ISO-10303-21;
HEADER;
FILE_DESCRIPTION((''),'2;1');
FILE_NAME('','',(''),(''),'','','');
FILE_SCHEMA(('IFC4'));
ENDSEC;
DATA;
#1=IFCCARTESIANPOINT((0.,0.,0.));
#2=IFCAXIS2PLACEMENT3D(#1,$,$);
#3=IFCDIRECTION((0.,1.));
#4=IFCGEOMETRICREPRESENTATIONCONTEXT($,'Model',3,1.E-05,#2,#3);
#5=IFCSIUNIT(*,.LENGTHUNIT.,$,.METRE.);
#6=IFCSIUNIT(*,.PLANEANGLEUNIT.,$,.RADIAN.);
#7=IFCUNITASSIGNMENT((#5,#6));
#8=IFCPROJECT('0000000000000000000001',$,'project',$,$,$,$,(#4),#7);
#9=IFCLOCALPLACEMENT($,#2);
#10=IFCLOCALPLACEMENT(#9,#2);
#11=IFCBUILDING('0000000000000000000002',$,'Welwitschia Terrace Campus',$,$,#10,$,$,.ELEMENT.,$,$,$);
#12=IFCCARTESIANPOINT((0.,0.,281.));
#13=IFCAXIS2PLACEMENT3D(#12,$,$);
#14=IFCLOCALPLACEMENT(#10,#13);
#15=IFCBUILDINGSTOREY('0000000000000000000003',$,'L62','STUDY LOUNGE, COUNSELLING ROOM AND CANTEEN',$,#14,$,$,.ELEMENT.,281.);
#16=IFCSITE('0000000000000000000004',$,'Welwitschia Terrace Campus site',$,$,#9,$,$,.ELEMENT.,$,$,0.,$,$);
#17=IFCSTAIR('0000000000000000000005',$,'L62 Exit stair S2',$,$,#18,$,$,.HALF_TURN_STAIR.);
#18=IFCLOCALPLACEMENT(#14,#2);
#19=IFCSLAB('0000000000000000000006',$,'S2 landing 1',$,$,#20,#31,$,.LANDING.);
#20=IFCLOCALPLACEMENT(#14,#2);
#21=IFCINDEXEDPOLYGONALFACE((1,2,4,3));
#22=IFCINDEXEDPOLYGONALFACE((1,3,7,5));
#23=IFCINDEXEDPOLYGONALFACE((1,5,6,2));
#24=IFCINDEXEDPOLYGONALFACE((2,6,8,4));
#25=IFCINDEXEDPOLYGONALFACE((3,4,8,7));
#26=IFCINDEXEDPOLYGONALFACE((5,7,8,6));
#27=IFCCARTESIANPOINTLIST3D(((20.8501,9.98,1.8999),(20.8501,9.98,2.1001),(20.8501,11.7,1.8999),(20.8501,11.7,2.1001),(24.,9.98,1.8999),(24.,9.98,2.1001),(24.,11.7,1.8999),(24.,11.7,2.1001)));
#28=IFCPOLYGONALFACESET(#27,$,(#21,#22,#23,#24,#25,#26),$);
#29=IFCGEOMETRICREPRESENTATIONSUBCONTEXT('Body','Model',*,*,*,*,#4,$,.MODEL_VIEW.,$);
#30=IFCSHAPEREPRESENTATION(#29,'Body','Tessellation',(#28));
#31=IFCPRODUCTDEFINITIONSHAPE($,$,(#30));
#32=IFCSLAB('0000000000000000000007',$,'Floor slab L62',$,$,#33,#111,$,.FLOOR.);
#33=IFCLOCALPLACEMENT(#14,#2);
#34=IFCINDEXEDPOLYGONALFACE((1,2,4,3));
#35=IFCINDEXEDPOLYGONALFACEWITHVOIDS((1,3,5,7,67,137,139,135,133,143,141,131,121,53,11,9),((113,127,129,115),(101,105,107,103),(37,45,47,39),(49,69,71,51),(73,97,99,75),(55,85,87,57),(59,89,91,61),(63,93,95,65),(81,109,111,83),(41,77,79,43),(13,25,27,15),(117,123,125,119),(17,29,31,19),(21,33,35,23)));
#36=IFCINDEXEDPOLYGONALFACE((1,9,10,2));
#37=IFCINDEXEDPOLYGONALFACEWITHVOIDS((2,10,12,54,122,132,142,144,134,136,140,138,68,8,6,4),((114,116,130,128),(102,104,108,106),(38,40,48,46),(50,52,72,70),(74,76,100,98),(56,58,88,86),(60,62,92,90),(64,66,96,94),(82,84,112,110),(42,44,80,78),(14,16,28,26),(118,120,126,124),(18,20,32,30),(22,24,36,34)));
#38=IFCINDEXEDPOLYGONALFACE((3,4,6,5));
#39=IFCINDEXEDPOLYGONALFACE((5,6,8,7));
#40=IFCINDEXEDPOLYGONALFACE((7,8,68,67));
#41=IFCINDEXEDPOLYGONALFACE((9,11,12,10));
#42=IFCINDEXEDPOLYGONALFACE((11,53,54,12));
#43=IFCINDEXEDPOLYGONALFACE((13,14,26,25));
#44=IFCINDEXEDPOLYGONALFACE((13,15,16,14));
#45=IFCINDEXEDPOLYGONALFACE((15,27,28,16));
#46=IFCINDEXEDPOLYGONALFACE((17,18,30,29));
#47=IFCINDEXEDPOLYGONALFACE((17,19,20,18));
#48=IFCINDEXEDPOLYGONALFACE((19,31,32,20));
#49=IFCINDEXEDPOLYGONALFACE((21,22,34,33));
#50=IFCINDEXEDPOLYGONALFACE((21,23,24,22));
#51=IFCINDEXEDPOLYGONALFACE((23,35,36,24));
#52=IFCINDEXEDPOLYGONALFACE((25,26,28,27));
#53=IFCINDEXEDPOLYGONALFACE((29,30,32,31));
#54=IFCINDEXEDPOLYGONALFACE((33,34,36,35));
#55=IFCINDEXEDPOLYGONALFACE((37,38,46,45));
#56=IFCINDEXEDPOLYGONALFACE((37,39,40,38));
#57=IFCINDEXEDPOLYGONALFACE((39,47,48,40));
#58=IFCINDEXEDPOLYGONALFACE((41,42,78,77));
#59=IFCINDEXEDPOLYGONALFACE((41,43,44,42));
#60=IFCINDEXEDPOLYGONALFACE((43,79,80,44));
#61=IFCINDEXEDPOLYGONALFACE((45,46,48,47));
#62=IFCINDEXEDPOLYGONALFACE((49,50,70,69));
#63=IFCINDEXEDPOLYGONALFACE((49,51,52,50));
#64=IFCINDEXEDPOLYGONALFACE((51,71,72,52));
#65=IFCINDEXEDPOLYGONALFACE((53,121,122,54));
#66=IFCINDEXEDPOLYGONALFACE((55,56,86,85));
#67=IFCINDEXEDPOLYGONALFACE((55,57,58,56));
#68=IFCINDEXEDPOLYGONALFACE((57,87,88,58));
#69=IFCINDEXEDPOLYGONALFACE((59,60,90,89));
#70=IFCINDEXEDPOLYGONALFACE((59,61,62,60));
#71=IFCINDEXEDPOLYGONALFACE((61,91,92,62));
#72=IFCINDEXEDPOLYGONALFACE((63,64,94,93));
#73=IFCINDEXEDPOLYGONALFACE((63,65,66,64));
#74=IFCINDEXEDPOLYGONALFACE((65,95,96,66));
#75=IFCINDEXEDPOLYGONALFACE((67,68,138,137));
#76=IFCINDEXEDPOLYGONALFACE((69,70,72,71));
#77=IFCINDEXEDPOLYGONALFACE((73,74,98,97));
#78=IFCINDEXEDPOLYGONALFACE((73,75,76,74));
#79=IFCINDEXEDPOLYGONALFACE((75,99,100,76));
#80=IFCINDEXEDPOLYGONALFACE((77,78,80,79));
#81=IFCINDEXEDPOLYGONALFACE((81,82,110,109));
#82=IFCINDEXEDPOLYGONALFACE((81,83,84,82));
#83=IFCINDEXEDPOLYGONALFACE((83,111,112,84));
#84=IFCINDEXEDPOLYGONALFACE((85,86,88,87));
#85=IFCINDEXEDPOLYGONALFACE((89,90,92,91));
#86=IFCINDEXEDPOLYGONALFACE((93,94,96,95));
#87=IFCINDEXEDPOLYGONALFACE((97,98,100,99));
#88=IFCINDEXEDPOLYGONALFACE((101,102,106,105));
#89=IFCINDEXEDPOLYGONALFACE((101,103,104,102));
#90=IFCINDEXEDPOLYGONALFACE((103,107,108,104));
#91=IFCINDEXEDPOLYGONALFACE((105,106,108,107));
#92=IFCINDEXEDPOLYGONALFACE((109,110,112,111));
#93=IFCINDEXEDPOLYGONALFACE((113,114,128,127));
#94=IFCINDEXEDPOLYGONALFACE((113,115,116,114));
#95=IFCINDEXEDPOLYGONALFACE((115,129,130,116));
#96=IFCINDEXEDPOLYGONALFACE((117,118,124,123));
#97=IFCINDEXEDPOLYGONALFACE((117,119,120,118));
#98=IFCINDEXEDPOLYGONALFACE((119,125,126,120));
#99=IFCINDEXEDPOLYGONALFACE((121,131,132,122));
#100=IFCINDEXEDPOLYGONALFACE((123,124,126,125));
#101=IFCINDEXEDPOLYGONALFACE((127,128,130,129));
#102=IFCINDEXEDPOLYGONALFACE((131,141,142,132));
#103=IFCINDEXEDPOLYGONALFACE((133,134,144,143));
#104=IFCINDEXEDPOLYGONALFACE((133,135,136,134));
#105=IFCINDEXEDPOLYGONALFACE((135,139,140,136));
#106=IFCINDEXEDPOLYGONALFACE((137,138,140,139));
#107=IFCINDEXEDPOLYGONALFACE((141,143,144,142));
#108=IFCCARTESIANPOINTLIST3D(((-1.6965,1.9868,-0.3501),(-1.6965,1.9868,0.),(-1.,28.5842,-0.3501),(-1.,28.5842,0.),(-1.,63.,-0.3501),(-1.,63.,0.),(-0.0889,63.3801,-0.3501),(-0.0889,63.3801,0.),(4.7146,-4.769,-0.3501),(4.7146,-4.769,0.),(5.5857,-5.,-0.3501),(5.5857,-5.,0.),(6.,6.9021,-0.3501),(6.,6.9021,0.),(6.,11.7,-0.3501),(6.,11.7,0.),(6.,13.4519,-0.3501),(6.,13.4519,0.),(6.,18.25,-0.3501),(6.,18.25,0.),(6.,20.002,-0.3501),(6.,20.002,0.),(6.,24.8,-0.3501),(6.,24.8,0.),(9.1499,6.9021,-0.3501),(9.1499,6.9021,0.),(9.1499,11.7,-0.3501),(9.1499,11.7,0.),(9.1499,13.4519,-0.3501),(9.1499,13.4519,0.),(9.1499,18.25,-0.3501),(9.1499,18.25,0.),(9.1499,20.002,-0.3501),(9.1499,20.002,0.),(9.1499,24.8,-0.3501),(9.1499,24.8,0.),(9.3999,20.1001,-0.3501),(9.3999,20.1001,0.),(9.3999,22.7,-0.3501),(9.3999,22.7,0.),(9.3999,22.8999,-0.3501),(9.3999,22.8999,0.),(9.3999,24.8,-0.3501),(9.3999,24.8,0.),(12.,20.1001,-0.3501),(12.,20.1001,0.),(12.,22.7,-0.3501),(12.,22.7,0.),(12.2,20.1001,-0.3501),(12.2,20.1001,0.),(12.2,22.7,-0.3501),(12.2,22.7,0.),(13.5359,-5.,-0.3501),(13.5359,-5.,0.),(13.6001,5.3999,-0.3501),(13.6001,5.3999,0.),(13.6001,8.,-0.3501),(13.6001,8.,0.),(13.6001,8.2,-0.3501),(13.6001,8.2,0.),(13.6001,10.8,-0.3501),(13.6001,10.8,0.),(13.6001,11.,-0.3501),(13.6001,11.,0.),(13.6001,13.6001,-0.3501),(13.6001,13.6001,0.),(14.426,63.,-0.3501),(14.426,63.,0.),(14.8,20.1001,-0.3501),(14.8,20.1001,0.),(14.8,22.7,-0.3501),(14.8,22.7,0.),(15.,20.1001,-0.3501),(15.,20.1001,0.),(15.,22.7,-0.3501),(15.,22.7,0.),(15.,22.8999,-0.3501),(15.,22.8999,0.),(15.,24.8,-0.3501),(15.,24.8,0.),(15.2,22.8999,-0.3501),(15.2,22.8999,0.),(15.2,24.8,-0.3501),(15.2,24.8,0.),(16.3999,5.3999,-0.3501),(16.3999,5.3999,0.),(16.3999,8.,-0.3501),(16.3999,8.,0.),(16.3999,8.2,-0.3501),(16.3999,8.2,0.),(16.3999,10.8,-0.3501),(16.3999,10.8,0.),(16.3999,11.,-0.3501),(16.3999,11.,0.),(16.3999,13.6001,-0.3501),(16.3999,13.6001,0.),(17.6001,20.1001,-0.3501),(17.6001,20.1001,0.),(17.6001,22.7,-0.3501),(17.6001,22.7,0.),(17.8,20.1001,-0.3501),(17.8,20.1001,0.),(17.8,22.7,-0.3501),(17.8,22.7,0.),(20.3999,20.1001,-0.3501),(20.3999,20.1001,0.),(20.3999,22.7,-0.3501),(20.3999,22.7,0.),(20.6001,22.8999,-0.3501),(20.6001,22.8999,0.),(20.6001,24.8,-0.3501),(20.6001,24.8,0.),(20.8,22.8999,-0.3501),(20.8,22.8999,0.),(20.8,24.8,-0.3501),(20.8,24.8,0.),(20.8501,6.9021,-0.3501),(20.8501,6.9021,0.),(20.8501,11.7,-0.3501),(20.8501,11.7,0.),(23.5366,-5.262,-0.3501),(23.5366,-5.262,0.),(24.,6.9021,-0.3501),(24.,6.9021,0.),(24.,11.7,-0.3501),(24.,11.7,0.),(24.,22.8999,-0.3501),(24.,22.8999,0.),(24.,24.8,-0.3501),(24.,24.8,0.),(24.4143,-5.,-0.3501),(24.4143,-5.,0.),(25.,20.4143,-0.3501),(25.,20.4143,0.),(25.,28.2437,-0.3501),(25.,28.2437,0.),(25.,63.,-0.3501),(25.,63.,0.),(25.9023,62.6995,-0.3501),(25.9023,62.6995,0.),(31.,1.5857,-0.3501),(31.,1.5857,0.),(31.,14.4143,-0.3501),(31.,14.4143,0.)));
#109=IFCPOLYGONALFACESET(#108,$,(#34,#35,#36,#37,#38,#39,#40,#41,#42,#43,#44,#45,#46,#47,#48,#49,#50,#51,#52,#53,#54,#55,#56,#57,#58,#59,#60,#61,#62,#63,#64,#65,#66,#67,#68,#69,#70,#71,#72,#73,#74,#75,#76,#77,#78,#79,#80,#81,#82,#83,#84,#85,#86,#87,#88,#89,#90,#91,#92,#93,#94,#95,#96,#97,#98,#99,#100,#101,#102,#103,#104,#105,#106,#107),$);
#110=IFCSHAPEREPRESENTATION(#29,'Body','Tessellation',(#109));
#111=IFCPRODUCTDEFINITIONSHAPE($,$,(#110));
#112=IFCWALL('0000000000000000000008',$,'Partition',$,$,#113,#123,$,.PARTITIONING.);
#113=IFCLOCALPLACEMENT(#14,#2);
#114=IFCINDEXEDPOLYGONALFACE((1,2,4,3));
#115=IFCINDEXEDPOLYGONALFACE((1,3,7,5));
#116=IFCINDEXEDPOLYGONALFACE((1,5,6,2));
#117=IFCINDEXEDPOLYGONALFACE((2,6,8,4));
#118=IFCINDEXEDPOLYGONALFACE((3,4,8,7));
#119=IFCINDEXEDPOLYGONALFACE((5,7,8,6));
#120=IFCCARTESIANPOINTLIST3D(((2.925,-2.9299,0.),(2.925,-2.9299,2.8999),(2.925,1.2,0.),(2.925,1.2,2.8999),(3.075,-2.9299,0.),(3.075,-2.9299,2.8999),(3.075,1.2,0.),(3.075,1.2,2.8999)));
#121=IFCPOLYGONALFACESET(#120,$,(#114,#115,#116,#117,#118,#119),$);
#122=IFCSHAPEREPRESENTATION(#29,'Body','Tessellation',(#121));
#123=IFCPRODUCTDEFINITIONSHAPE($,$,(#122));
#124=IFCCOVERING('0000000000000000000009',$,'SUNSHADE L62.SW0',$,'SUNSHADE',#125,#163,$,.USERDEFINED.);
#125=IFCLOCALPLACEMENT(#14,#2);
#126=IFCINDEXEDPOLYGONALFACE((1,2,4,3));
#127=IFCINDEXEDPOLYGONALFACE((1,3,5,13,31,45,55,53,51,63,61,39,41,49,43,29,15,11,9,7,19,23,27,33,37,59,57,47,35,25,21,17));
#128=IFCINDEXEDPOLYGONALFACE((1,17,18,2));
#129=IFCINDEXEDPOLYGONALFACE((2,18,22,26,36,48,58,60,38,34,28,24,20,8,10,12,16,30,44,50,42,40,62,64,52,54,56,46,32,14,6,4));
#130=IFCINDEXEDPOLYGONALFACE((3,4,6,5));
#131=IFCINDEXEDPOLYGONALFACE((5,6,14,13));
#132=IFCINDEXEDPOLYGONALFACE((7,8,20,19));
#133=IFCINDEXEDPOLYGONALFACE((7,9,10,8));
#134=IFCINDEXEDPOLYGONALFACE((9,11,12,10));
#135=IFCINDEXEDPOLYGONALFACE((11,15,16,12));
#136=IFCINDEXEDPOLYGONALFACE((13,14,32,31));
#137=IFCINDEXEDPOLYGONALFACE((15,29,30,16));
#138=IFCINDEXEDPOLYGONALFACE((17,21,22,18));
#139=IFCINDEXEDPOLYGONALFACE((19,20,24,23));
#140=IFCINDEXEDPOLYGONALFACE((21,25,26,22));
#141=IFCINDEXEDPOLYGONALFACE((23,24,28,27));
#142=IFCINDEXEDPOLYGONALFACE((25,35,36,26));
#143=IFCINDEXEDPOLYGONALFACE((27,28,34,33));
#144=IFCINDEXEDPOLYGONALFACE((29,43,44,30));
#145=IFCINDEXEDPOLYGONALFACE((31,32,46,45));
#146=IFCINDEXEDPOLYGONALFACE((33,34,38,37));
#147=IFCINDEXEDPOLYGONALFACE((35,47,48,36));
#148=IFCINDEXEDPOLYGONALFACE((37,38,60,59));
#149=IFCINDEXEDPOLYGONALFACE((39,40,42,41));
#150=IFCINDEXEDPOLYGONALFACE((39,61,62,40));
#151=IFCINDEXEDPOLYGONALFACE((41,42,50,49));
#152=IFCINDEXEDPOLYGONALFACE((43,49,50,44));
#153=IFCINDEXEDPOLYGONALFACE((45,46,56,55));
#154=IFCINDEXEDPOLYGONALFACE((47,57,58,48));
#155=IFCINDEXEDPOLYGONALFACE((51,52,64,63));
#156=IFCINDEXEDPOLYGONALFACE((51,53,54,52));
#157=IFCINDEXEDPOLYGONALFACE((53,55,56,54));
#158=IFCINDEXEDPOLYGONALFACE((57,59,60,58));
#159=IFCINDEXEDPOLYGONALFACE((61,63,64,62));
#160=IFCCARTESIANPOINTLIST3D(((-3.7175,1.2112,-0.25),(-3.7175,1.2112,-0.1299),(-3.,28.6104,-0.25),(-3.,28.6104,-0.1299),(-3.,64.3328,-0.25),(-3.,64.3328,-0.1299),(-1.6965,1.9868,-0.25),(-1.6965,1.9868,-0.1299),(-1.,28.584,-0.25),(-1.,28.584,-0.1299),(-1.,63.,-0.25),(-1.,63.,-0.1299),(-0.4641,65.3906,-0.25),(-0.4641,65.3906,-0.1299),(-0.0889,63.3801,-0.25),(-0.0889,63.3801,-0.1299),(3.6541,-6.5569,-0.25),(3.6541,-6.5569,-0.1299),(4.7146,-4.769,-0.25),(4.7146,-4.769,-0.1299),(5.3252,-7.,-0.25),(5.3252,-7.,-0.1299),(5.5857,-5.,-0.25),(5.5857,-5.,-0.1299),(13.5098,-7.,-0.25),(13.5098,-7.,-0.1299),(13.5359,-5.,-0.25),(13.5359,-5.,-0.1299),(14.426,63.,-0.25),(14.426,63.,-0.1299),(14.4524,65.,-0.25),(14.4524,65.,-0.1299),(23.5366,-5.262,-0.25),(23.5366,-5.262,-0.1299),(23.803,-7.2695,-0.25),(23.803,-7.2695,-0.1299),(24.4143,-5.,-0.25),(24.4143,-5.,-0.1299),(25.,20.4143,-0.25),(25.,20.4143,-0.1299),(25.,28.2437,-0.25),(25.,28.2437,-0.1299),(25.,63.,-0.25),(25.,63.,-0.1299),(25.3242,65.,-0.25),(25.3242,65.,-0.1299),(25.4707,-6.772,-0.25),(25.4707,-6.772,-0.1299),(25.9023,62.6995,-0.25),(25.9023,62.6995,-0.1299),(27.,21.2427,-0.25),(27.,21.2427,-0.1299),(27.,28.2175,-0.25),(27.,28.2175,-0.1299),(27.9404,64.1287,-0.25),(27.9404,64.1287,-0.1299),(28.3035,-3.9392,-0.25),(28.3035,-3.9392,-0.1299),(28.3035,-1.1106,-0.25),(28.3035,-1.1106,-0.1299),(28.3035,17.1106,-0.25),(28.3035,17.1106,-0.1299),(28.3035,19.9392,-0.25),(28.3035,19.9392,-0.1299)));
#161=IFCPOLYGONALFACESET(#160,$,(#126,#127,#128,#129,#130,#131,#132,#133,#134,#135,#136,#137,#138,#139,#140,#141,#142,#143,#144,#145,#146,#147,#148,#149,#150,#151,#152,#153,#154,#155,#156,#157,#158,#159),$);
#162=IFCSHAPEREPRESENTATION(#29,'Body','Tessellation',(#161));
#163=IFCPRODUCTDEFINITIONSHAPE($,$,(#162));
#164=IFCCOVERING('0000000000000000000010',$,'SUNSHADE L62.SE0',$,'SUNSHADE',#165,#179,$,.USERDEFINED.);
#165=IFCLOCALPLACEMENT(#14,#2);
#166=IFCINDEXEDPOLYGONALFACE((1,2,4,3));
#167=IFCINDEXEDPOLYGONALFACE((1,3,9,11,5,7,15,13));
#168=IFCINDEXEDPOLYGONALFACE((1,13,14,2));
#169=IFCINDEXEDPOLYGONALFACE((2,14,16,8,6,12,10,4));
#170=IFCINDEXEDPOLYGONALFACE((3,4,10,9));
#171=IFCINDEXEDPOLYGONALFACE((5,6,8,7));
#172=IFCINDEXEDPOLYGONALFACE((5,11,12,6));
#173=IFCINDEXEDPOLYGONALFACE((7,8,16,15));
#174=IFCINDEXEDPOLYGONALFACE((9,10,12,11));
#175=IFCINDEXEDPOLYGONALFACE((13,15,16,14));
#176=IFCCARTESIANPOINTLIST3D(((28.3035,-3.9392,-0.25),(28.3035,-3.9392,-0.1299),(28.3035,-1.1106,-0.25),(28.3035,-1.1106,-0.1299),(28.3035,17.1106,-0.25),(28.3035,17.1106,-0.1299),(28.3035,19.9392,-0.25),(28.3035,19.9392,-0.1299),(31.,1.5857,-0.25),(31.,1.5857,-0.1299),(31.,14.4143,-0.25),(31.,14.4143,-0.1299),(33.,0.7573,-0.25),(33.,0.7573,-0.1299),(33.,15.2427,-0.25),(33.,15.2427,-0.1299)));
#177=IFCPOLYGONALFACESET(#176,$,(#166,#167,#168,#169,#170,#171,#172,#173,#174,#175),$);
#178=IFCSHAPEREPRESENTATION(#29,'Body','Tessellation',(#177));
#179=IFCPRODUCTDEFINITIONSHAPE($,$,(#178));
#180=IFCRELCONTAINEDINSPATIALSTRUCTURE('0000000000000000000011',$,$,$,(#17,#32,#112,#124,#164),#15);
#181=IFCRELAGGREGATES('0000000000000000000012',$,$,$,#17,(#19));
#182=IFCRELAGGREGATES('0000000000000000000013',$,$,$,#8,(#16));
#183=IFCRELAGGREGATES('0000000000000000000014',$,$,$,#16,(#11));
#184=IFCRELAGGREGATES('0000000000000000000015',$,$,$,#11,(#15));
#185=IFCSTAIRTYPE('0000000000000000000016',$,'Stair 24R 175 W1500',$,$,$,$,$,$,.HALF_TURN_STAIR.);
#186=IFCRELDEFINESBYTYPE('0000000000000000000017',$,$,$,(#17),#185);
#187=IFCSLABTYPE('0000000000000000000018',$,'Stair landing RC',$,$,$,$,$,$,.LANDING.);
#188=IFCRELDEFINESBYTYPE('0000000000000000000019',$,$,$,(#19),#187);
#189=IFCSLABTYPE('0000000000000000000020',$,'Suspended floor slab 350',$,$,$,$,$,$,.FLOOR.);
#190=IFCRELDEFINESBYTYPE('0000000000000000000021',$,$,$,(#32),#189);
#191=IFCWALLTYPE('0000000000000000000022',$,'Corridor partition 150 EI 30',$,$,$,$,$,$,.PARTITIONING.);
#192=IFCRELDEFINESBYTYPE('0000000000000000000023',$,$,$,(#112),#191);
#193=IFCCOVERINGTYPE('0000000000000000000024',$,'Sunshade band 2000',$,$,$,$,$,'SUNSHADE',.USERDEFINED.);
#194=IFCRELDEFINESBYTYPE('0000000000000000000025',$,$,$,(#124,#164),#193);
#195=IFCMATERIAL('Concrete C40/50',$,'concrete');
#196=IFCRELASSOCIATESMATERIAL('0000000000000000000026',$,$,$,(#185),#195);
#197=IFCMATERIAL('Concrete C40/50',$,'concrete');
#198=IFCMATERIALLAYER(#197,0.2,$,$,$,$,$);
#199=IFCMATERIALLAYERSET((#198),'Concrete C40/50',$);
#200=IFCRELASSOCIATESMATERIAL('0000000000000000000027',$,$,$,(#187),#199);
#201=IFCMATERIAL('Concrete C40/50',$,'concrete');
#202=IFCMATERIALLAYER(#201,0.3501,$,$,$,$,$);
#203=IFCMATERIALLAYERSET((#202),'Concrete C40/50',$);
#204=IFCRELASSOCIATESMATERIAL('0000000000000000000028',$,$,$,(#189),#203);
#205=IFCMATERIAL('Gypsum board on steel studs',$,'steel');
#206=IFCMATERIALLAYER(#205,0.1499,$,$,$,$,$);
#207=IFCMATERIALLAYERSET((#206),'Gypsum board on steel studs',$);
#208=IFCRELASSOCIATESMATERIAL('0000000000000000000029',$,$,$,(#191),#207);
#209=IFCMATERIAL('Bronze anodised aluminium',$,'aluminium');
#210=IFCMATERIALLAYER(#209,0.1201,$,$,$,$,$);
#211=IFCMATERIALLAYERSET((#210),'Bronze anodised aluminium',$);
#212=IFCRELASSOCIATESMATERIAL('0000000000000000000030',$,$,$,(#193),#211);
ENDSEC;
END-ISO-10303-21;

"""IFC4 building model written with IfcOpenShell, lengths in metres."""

from ifc_helpers import new_model, si_unit, direction, frame, frame_2d, origin, place, context, subcontext, project, spatial, polyline, rectangle, outline, extrude, material, layer, layer_set, type_object, element, aggregate, save


model = new_model("IFC4")

# Units and contexts
model_context = context("Model", 3, precision=1e-05, world=origin(), true_north=direction((0.0, 1.0)))
body_context = subcontext(model_context, "Body", "Model", "MODEL_VIEW")
ifc_project = project(units=[si_unit("LENGTHUNIT", "METRE"), si_unit("PLANEANGLEUNIT", "RADIAN")], contexts=[model_context])

# Site, building, storey
site_placement = place(None, origin())
site = spatial("IfcSite", under=ifc_project, at=site_placement, Name="Welwitschia Terrace Campus site", CompositionType="ELEMENT", RefElevation=0.0)
building_placement = place(site_placement, origin())
building = spatial("IfcBuilding", under=site, at=building_placement, Name="Welwitschia Terrace Campus", CompositionType="ELEMENT")
storey_placement = place(building_placement, frame((0.0, 0.0, 281.0)))
storey = spatial("IfcBuildingStorey", under=building, at=storey_placement, Name="L62", Description="STUDY LOUNGE, COUNSELLING ROOM AND CANTEEN", CompositionType="ELEMENT", Elevation=281.0)

# Stair, slab
ifc_material_1 = material(Name="Concrete C40/50", Category="concrete")
stair_type = type_object("IfcStairType", Name="Stair 24R 175 W1500", PredefinedType="HALF_TURN_STAIR", material=ifc_material_1)
ifc_material_2 = material(Name="Concrete C40/50", Category="concrete")
ifc_layer_1 = layer(ifc_material_2, 0.2)
ifc_layer_set_1 = layer_set([ifc_layer_1], Name="Concrete C40/50")
slab_type_1 = type_object("IfcSlabType", Name="Stair landing RC", PredefinedType="LANDING", material=ifc_layer_set_1)
stair_1_placement = place(storey_placement, origin())
stair_1 = element("IfcStair", 1, at=stair_1_placement, inside=storey, type_object=stair_type, Name="L62 Exit stair S2", PredefinedType="HALF_TURN_STAIR")
slab_1_placement = place(storey_placement, frame((0.0, 0.0, 1.8999)))
slab_1 = element("IfcSlab", 2, at=slab_1_placement, type_object=slab_type_1, Name="S2 landing 1", PredefinedType="LANDING", context=body_context, shape_type="SweptSolid", body=[
    extrude(outline(polyline([(24.0, 9.98), (24.0, 11.7), (20.8501, 11.7), (20.8501, 9.98), (24.0, 9.98)])), origin(), (0.0, 0.0, 1.0), 0.2002),
])
aggregate(stair_1, [slab_1])

# Slab
ifc_material_3 = material(Name="Concrete C40/50", Category="concrete")
ifc_layer_2 = layer(ifc_material_3, 0.3501)
ifc_layer_set_2 = layer_set([ifc_layer_2], Name="Concrete C40/50")
slab_type_2 = type_object("IfcSlabType", Name="Suspended floor slab 350", PredefinedType="FLOOR", material=ifc_layer_set_2)
slab_2_placement = place(storey_placement, frame((0.0, 0.0, -0.3501)))
element("IfcSlab", 3, at=slab_2_placement, inside=storey, type_object=slab_type_2, Name="Floor slab L62", PredefinedType="FLOOR", context=body_context, shape_type="SweptSolid", body=[
    extrude(outline(polyline([(-0.0889, 63.3801), (14.426, 63.0), (25.0, 63.0), (25.9023, 62.6995), (25.0, 28.2437), (25.0, 20.4143), (31.0, 14.4143), (31.0, 1.5857), (24.4143, -5.0), (23.5366, -5.262), (13.5359, -5.0), (5.5857, -5.0), (4.7146, -4.769), (-1.6965, 1.9868), (-1.0, 28.5842), (-1.0, 63.0), (-0.0889, 63.3801)]), holes=[polyline([(13.6001, 8.0), (13.6001, 5.3999), (16.3999, 5.3999), (16.3999, 8.0), (13.6001, 8.0)]), polyline([(9.1499, 11.7), (6.0, 11.7), (6.0, 6.9021), (9.1499, 6.9021), (9.1499, 11.7)]), polyline([(9.1499, 18.25), (6.0, 18.25), (6.0, 13.4519), (9.1499, 13.4519), (9.1499, 18.25)]), polyline([(12.0, 22.7), (9.3999, 22.7), (9.3999, 20.1001), (12.0, 20.1001), (12.0, 22.7)]), polyline([(14.8, 22.7), (12.2, 22.7), (12.2, 20.1001), (14.8, 20.1001), (14.8, 22.7)]), polyline([(9.1499, 24.8), (6.0, 24.8), (6.0, 20.002), (9.1499, 20.002), (9.1499, 24.8)]), polyline([(15.0, 24.8), (9.3999, 24.8), (9.3999, 22.8999), (15.0, 22.8999), (15.0, 24.8)]), polyline([(20.8501, 11.7), (20.8501, 6.9021), (24.0, 6.9021), (24.0, 11.7), (20.8501, 11.7)]), polyline([(16.3999, 10.8), (13.6001, 10.8), (13.6001, 8.2), (16.3999, 8.2), (16.3999, 10.8)]), polyline([(16.3999, 13.6001), (13.6001, 13.6001), (13.6001, 11.0), (16.3999, 11.0), (16.3999, 13.6001)]), polyline([(17.6001, 22.7), (15.0, 22.7), (15.0, 20.1001), (17.6001, 20.1001), (17.6001, 22.7)]), polyline([(20.3999, 22.7), (17.8, 22.7), (17.8, 20.1001), (20.3999, 20.1001), (20.3999, 22.7)]), polyline([(20.6001, 24.8), (15.2, 24.8), (15.2, 22.8999), (20.6001, 22.8999), (20.6001, 24.8)]), polyline([(24.0, 24.8), (20.8, 24.8), (20.8, 22.8999), (24.0, 22.8999), (24.0, 24.8)])]), origin(), (0.0, 0.0, 1.0), 0.3501),
])

# Wall
ifc_material_4 = material(Name="Gypsum board on steel studs", Category="steel")
ifc_layer_3 = layer(ifc_material_4, 0.1499)
ifc_layer_set_3 = layer_set([ifc_layer_3], Name="Gypsum board on steel studs")
wall_type = type_object("IfcWallType", Name="Corridor partition 150 EI 30", PredefinedType="PARTITIONING", material=ifc_layer_set_3)
wall_placement = place(storey_placement, frame((3.0, -2.9299, 0.0), z_axis=(0.0, 0.0, 1.0), x_axis=(0.0, 1.0, 0.0)))
element("IfcWall", 4, at=wall_placement, inside=storey, type_object=wall_type, Name="Partition", PredefinedType="PARTITIONING", context=body_context, shape_type="SweptSolid", body=[
    extrude(rectangle(XDim=4.1299, YDim=0.1499, at=frame_2d((2.0649, 0.0))), origin(), (0.0, 0.0, 1.0), 2.8999),
])

# Coverings
ifc_material_5 = material(Name="Bronze anodised aluminium", Category="aluminium")
ifc_layer_4 = layer(ifc_material_5, 0.1201)
ifc_layer_set_4 = layer_set([ifc_layer_4], Name="Bronze anodised aluminium")
covering_type_1 = type_object("IfcCoveringType", Name="Sunshade band 2000", ElementType="SUNSHADE", PredefinedType="USERDEFINED", material=ifc_layer_set_4)
covering_1_placement = place(storey_placement, frame((0.0, 0.0, -0.25)))
element("IfcCovering", 5, at=covering_1_placement, inside=storey, type_object=covering_type_1, Name="SUNSHADE L62.SW0", ObjectType="SUNSHADE", PredefinedType="USERDEFINED", context=body_context, shape_type="SweptSolid", body=[
    extrude(outline(polyline([(14.4524, 65.0), (25.3242, 65.0), (27.9404, 64.1287), (27.0, 28.2175), (27.0, 21.2427), (28.3035, 19.9392), (28.3035, 17.1106), (25.0, 20.4143), (25.0, 28.2437), (25.9023, 62.6995), (25.0, 63.0), (14.426, 63.0), (-0.0889, 63.3801), (-1.0, 63.0), (-1.0, 28.584), (-1.6965, 1.9868), (4.7146, -4.769), (5.5857, -5.0), (13.5359, -5.0), (23.5366, -5.262), (24.4143, -5.0), (28.3035, -1.1106), (28.3035, -3.9392), (25.4707, -6.772), (23.803, -7.2695), (13.5098, -7.0), (5.3252, -7.0), (3.6541, -6.5569), (-3.7175, 1.2112), (-3.0, 28.6104), (-3.0, 64.3328), (-0.4641, 65.3906), (14.4524, 65.0)])), origin(), (0.0, 0.0, 1.0), 0.1201),
])
covering_2_placement = place(storey_placement, frame((0.0, 0.0, -0.25)))
element("IfcCovering", 6, at=covering_2_placement, inside=storey, type_object=covering_type_1, Name="SUNSHADE L62.SE0", ObjectType="SUNSHADE", PredefinedType="USERDEFINED", context=body_context, shape_type="SweptSolid", body=[
    extrude(outline(polyline([(33.0, 15.2427), (33.0, 0.7573), (28.3035, -3.9392), (28.3035, -1.1106), (31.0, 1.5857), (31.0, 14.4143), (28.3035, 17.1106), (28.3035, 19.9392), (33.0, 15.2427)])), origin(), (0.0, 0.0, 1.0), 0.1201),
])

save(model, "model.ifc")
